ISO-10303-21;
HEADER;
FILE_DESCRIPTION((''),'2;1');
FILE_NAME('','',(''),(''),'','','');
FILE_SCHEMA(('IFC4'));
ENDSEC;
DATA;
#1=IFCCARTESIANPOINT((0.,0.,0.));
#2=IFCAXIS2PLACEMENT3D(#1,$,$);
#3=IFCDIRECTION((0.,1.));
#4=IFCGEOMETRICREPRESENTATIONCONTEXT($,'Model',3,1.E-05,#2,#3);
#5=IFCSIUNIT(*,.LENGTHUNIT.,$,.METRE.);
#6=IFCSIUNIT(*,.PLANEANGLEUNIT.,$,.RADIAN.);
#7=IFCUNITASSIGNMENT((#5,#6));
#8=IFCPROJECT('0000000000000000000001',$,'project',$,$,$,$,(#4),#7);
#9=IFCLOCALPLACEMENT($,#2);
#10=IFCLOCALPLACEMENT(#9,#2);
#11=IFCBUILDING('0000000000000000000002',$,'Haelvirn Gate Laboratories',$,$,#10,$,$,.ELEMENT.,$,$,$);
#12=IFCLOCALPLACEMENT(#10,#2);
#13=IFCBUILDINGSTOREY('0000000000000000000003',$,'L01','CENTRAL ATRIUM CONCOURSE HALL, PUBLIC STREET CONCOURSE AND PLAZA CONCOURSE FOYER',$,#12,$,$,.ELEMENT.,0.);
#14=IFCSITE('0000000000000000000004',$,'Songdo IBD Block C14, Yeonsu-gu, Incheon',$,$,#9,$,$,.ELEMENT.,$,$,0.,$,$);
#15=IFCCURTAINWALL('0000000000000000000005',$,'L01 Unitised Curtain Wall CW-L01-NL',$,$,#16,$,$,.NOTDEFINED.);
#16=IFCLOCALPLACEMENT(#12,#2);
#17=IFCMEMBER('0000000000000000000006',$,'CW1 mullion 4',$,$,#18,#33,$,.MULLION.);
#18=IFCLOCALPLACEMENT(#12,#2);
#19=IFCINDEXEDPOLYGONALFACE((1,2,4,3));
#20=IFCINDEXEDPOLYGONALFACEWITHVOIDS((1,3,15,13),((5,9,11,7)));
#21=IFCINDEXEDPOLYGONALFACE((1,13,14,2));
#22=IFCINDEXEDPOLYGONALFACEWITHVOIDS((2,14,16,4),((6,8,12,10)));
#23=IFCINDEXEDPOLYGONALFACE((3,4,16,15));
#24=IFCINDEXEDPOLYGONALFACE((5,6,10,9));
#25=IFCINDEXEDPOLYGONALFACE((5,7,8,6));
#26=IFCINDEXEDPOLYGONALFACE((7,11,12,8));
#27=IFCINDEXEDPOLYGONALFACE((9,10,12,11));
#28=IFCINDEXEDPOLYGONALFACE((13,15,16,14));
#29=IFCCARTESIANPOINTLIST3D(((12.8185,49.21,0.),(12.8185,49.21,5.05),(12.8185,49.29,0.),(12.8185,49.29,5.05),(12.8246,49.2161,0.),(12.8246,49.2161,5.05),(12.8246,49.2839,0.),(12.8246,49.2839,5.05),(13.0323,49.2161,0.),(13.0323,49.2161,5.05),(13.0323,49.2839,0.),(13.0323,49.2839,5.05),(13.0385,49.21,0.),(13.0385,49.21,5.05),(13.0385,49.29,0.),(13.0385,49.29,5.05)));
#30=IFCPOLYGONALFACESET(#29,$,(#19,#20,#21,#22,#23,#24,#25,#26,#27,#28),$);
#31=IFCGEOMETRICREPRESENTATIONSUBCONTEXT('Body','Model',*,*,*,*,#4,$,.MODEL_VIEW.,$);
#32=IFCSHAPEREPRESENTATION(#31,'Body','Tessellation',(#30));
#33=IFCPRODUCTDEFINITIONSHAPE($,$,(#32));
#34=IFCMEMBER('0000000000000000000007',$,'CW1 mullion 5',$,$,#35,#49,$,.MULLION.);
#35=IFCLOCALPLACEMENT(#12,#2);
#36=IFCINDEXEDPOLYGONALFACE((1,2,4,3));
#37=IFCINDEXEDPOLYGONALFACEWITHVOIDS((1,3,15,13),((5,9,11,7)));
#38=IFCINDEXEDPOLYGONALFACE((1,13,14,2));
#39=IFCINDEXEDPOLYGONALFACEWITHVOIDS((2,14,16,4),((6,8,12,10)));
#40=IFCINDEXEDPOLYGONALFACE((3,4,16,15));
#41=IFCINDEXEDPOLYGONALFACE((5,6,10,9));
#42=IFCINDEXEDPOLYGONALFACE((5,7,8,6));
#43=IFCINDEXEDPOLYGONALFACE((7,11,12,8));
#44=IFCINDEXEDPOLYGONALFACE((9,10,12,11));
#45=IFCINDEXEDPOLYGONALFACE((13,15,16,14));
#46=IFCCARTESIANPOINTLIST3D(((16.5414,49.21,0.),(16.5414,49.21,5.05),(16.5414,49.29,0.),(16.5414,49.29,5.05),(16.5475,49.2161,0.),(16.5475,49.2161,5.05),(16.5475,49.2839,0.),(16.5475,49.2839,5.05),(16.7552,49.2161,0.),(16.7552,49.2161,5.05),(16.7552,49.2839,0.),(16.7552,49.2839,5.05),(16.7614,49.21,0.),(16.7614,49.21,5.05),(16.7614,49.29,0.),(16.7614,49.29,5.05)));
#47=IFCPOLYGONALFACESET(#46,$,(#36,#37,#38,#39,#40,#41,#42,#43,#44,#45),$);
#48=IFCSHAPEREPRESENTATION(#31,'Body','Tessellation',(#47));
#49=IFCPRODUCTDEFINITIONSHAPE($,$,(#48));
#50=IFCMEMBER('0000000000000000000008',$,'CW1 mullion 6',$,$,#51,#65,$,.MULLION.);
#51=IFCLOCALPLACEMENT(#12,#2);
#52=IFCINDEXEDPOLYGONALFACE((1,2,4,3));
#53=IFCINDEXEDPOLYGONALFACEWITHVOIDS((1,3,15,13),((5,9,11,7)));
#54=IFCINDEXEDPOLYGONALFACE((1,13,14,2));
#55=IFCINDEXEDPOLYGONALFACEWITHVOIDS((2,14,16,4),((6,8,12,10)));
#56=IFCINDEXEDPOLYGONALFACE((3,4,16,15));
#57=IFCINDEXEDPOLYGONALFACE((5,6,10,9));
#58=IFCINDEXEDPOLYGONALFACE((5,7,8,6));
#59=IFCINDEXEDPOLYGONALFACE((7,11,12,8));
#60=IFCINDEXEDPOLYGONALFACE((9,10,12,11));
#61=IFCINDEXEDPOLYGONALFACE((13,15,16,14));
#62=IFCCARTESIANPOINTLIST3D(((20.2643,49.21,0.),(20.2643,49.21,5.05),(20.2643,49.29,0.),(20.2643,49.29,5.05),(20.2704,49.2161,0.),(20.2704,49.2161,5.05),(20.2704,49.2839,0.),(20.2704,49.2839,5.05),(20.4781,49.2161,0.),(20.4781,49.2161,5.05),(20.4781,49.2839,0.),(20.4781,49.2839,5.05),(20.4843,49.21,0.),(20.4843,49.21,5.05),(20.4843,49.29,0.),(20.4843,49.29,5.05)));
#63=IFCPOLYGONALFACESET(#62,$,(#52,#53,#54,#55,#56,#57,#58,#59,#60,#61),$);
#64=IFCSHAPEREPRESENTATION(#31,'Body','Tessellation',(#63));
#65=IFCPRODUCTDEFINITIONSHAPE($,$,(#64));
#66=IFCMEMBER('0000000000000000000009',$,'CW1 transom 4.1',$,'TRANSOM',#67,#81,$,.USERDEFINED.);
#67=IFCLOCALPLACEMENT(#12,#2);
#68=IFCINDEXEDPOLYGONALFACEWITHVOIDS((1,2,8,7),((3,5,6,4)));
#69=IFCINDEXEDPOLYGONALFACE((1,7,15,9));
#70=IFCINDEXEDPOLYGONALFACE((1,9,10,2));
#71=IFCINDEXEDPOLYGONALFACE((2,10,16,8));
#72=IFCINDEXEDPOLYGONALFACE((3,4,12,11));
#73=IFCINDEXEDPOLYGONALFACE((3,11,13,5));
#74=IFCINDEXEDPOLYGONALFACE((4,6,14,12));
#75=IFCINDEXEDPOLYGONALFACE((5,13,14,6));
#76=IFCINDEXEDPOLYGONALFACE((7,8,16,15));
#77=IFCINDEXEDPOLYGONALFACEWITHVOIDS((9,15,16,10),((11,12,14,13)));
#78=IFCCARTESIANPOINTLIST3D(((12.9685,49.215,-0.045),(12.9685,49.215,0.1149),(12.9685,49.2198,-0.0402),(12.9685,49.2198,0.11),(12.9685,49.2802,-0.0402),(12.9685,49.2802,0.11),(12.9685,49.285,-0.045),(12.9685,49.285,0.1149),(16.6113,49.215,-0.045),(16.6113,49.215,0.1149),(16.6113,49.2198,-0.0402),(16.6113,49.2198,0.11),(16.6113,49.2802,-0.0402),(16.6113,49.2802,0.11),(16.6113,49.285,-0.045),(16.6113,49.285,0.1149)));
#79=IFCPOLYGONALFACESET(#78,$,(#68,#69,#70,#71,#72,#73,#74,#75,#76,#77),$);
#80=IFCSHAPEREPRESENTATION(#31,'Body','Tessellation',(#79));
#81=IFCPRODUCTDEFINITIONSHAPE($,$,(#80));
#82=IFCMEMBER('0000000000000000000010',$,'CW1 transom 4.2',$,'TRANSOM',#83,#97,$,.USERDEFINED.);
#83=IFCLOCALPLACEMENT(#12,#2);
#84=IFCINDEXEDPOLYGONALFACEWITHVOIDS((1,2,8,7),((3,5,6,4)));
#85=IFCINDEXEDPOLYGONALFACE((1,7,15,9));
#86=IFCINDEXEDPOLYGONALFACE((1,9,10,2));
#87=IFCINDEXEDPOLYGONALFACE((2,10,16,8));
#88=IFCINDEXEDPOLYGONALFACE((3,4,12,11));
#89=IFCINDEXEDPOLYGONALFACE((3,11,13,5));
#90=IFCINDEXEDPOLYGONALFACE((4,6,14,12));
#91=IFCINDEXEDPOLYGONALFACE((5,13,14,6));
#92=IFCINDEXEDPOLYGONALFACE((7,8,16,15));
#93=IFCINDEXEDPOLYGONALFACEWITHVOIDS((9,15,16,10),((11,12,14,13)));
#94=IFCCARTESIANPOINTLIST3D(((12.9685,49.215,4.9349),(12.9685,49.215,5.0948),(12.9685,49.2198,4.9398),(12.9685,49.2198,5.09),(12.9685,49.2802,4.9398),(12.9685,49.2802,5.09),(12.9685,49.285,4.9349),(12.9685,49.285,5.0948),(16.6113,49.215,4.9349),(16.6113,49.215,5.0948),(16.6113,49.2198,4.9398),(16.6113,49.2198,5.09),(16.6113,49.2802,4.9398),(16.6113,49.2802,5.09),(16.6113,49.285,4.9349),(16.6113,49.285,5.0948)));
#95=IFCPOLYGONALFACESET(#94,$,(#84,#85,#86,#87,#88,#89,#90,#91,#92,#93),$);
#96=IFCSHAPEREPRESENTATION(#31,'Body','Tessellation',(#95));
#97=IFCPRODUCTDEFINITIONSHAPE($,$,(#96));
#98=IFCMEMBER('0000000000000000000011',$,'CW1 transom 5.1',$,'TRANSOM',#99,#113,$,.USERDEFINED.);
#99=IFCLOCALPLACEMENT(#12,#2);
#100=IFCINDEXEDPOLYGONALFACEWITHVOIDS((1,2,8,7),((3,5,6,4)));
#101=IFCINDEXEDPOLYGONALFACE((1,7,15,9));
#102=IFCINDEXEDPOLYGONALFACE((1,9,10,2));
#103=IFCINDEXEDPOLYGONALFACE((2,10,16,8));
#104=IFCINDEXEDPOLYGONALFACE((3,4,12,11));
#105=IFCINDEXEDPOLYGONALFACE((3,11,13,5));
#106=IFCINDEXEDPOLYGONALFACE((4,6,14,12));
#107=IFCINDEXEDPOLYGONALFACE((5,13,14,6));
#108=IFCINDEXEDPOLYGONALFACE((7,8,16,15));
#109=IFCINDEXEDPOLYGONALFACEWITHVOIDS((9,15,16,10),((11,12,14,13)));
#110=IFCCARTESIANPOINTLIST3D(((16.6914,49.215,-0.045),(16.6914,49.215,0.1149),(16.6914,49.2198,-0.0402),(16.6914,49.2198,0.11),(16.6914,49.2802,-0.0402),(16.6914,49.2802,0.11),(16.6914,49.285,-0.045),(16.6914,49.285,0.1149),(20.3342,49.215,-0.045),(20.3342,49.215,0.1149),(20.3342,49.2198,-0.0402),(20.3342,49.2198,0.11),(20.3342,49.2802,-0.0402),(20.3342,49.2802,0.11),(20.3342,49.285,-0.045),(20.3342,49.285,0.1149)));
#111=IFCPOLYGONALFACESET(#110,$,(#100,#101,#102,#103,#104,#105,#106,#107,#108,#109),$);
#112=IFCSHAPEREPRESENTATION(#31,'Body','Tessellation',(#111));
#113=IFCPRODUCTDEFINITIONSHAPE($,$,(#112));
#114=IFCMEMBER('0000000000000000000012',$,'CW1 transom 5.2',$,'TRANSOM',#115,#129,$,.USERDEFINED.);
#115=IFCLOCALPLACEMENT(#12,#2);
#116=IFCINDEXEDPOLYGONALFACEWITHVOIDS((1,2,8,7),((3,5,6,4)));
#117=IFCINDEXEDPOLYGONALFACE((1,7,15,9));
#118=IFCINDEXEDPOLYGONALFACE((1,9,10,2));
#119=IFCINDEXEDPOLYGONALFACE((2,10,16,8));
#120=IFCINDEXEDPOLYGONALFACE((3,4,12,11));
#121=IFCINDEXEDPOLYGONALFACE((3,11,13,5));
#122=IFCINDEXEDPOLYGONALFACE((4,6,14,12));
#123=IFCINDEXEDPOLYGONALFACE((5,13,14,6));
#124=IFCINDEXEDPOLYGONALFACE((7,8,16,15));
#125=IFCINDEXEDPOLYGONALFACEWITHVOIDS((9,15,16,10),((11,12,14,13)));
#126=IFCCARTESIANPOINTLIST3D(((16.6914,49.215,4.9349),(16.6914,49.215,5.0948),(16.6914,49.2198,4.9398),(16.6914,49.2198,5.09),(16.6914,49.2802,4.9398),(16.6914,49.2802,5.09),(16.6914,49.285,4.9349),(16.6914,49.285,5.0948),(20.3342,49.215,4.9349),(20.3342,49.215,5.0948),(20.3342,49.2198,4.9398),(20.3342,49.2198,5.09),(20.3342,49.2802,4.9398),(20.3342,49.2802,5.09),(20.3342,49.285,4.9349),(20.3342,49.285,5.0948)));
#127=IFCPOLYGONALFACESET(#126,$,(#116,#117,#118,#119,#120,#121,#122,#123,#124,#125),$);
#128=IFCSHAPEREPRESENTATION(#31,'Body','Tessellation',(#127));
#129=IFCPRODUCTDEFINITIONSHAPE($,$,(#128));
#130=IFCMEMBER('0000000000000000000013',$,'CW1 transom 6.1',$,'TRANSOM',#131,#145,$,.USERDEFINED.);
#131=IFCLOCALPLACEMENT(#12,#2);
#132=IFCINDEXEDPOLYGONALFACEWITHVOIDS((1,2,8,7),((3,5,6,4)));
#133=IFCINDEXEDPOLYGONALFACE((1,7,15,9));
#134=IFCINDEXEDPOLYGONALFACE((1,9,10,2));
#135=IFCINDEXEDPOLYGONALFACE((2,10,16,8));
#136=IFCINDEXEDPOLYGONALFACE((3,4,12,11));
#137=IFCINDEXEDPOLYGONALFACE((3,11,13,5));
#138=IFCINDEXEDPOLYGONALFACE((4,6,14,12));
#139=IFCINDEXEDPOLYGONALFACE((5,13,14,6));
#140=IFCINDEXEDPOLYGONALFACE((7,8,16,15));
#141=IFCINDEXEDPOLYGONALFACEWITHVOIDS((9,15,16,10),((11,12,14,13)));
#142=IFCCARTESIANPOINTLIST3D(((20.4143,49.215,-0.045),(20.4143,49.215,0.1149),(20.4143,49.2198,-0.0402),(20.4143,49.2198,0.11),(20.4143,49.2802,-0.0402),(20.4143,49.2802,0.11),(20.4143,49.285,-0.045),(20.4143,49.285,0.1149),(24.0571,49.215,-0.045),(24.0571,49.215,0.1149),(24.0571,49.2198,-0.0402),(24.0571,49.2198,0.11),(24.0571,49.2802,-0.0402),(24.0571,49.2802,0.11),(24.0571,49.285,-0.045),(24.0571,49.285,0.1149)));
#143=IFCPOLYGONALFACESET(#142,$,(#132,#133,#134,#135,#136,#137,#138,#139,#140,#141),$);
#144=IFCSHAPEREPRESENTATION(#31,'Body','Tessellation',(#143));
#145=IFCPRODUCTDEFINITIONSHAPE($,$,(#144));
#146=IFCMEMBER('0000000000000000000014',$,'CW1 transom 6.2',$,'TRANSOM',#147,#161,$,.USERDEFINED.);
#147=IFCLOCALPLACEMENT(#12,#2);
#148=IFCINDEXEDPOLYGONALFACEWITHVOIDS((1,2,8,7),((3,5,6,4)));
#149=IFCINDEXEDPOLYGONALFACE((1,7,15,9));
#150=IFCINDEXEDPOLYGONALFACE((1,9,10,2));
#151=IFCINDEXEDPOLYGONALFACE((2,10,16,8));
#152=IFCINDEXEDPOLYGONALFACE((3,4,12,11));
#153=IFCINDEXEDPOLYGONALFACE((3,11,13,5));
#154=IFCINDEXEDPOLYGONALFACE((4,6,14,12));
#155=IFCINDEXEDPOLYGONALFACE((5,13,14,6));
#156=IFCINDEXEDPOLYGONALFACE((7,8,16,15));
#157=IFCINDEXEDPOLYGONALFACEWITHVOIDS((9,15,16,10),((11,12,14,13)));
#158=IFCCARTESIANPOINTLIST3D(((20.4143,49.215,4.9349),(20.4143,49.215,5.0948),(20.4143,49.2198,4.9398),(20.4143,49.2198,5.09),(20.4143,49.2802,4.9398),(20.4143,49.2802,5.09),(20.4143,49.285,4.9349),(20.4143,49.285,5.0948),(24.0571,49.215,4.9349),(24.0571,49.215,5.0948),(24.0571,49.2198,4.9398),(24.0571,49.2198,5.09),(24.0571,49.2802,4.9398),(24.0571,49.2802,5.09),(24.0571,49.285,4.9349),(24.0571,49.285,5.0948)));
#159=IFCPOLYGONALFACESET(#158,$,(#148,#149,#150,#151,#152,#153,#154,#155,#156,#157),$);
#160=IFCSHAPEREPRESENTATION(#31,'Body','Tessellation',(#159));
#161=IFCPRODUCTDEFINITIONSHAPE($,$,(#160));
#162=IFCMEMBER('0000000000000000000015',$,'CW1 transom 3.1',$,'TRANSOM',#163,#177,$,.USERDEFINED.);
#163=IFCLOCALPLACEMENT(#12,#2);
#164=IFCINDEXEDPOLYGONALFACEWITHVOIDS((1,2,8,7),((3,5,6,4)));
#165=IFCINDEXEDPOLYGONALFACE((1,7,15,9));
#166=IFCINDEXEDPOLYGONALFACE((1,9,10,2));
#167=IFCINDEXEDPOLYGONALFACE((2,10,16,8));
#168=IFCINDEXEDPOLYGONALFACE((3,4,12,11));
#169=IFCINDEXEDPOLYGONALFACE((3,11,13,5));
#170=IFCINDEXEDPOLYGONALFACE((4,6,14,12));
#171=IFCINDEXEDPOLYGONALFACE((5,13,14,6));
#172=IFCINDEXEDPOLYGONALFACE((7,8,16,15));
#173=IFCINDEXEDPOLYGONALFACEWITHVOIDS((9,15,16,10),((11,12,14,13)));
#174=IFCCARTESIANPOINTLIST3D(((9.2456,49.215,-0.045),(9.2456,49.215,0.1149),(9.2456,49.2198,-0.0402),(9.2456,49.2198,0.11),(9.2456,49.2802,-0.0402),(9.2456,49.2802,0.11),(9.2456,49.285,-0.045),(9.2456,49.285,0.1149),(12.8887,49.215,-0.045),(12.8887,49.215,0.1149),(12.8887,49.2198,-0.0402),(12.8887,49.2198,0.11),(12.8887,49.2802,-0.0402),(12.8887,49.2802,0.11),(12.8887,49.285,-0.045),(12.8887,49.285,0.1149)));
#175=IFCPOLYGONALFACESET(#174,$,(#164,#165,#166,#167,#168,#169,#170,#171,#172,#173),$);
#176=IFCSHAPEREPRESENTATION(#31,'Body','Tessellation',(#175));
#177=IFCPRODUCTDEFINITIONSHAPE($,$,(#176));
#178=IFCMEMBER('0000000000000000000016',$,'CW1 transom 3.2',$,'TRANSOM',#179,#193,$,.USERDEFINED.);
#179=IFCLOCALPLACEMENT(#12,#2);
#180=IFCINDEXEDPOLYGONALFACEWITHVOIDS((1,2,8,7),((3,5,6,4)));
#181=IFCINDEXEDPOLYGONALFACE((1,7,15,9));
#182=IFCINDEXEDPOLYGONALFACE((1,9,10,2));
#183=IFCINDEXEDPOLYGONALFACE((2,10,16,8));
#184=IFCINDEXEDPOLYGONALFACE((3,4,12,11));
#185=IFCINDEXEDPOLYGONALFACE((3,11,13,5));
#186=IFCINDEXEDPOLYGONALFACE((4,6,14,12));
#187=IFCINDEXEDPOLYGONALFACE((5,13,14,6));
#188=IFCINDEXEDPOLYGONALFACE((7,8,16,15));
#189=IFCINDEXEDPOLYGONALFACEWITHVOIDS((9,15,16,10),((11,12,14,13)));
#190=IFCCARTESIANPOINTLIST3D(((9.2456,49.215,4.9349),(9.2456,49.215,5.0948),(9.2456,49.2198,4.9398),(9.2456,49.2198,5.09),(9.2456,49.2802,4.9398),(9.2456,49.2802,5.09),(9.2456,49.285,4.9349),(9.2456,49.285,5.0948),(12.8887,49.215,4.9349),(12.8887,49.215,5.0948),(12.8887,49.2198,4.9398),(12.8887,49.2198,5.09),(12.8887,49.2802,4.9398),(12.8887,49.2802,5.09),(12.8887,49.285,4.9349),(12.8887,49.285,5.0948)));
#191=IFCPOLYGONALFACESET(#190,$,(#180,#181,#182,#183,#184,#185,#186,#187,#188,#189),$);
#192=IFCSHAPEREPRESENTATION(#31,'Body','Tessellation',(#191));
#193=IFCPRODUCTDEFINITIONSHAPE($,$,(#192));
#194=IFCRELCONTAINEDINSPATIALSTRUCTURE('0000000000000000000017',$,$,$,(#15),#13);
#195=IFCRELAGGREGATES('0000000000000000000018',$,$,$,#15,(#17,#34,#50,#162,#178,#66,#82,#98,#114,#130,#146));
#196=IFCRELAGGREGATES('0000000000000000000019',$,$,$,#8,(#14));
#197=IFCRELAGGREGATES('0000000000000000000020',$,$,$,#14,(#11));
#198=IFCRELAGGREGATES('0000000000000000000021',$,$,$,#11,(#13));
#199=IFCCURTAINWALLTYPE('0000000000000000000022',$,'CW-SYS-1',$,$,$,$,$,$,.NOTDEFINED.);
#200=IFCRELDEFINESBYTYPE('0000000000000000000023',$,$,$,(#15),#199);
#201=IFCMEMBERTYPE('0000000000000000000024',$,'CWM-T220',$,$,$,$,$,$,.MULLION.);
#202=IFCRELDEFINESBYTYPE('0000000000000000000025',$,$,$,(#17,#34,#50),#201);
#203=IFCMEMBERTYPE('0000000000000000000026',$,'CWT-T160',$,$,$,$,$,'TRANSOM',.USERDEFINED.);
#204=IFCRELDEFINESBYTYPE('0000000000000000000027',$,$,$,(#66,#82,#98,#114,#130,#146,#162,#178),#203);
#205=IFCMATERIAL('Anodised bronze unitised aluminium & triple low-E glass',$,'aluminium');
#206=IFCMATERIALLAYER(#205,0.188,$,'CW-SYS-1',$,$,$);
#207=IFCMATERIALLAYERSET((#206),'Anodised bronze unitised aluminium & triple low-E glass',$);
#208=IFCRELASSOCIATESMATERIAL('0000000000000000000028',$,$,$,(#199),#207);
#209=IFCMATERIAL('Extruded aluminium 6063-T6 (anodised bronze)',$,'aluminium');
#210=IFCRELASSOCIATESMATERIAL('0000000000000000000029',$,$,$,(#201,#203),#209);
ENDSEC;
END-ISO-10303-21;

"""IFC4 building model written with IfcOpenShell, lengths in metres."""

from ifc_helpers import new_model, si_unit, direction, frame, origin, origin_2d, place, context, subcontext, project, spatial, hollow_rectangle, extrude, source, transform, mapped, material, layer, layer_set, material_profile, profile_set, type_object, type_shapes, element, aggregate, save


model = new_model("IFC4")

# Units and contexts
model_context = context("Model", 3, precision=1e-05, world=origin(), true_north=direction((0.0, 1.0)))
body_context = subcontext(model_context, "Body", "Model", "MODEL_VIEW")
ifc_project = project(units=[si_unit("LENGTHUNIT", "METRE"), si_unit("PLANEANGLEUNIT", "RADIAN")], contexts=[model_context])

# Site, building, storey
site_placement = place(None, origin())
site = spatial("IfcSite", under=ifc_project, at=site_placement, Name="Songdo IBD Block C14, Yeonsu-gu, Incheon", CompositionType="ELEMENT", RefElevation=0.0)
building_placement = place(site_placement, origin())
building = spatial("IfcBuilding", under=site, at=building_placement, Name="Haelvirn Gate Laboratories", CompositionType="ELEMENT")
storey_placement = place(building_placement, origin())
storey = spatial("IfcBuildingStorey", under=building, at=storey_placement, Name="L01", Description="CENTRAL ATRIUM CONCOURSE HALL, PUBLIC STREET CONCOURSE AND PLAZA CONCOURSE FOYER", CompositionType="ELEMENT", Elevation=0.0)

# Curtain wall, members
ifc_material_1 = material(Name="Anodised bronze unitised aluminium & triple low-E glass", Category="aluminium")
ifc_layer_1 = layer(ifc_material_1, 0.188, Name="CW-SYS-1")
ifc_layer_set_1 = layer_set([ifc_layer_1], Name="Anodised bronze unitised aluminium & triple low-E glass")
curtain_wall_type = type_object("IfcCurtainWallType", Name="CW-SYS-1", PredefinedType="NOTDEFINED", material=ifc_layer_set_1)
curtain_wall_placement = place(storey_placement, origin())
curtain_wall = element("IfcCurtainWall", 1, at=curtain_wall_placement, inside=storey, type_object=curtain_wall_type, Name="L01 Unitised Curtain Wall CW-L01-NL", PredefinedType="NOTDEFINED")
ifc_material_2 = material(Name="Extruded aluminium 6063-T6 (anodised bronze)", Category="aluminium")
ifc_material_profile_1 = material_profile(ifc_material_2, hollow_rectangle(XDim=0.0801, YDim=0.22, WallThickness=0.0061, at=origin_2d()), Name="CWM-220x80x6")
ifc_profile_set_1 = profile_set([ifc_material_profile_1], Name="Extruded aluminium 6063-T6 (anodised bronze)")
member_type_1 = type_object("IfcMemberType", Name="CWM-T220", PredefinedType="MULLION", material=ifc_profile_set_1)
shared_shape_1 = source(origin(), body_context, "Body", "SweptSolid", [
    extrude(hollow_rectangle(XDim=0.0801, YDim=0.22, WallThickness=0.0061, at=origin_2d()), origin(), (0.0, 0.0, 1.0), 5.05),
])
type_shapes(member_type_1, [shared_shape_1])
member_1_placement = place(storey_placement, frame((12.9285, 49.25, 0.0), z_axis=(0.0, 0.0, 1.0), x_axis=(0.0, 1.0, 0.0)))
member_1 = element("IfcMember", 2, at=member_1_placement, type_object=member_type_1, Name="CW1 mullion 4", PredefinedType="MULLION", context=body_context, shape_type="MappedRepresentation", body=[
    mapped(shared_shape_1, transform((0.0, 0.0, 0.0), scale=1.0)),
])
member_2_placement = place(storey_placement, frame((16.6514, 49.25, 0.0), z_axis=(0.0, 0.0, 1.0), x_axis=(0.0, 1.0, 0.0)))
member_2 = element("IfcMember", 3, at=member_2_placement, type_object=member_type_1, Name="CW1 mullion 5", PredefinedType="MULLION", context=body_context, shape_type="MappedRepresentation", body=[
    mapped(shared_shape_1, transform((0.0, 0.0, 0.0), scale=1.0)),
])
member_3_placement = place(storey_placement, frame((20.3743, 49.25, 0.0), z_axis=(0.0, 0.0, 1.0), x_axis=(0.0, 1.0, 0.0)))
member_3 = element("IfcMember", 4, at=member_3_placement, type_object=member_type_1, Name="CW1 mullion 6", PredefinedType="MULLION", context=body_context, shape_type="MappedRepresentation", body=[
    mapped(shared_shape_1, transform((0.0, 0.0, 0.0), scale=1.0)),
])
ifc_material_profile_2 = material_profile(ifc_material_2, hollow_rectangle(XDim=0.0701, YDim=0.1599, WallThickness=0.0049, at=origin_2d()), Name="CWT-160x70x5")
ifc_profile_set_2 = profile_set([ifc_material_profile_2], Name="Extruded aluminium 6063-T6 (anodised bronze)")
member_type_2 = type_object("IfcMemberType", Name="CWT-T160", ElementType="TRANSOM", PredefinedType="USERDEFINED", material=ifc_profile_set_2)
shared_shape_2 = source(origin(), body_context, "Body", "SweptSolid", [
    extrude(hollow_rectangle(XDim=0.0701, YDim=0.1599, WallThickness=0.0049, at=origin_2d()), origin(), (0.0, 0.0, 1.0), 3.6428),
])
member_4_placement = place(storey_placement, frame((12.9685, 49.25, 0.0349), z_axis=(1.0, 0.0, 0.0), x_axis=(0.0, 1.0, 0.0)))
member_4 = element("IfcMember", 5, at=member_4_placement, type_object=member_type_2, Name="CW1 transom 4.1", ObjectType="TRANSOM", PredefinedType="USERDEFINED", context=body_context, shape_type="MappedRepresentation", body=[
    mapped(shared_shape_2, transform((0.0, 0.0, 0.0), scale=1.0)),
])
member_5_placement = place(storey_placement, frame((12.9685, 49.25, 5.0149), z_axis=(1.0, 0.0, 0.0), x_axis=(0.0, 1.0, 0.0)))
member_5 = element("IfcMember", 6, at=member_5_placement, type_object=member_type_2, Name="CW1 transom 4.2", ObjectType="TRANSOM", PredefinedType="USERDEFINED", context=body_context, shape_type="MappedRepresentation", body=[
    mapped(shared_shape_2, transform((0.0, 0.0, 0.0), scale=1.0)),
])
member_6_placement = place(storey_placement, frame((16.6914, 49.25, 0.0349), z_axis=(1.0, 0.0, 0.0), x_axis=(0.0, 1.0, 0.0)))
member_6 = element("IfcMember", 7, at=member_6_placement, type_object=member_type_2, Name="CW1 transom 5.1", ObjectType="TRANSOM", PredefinedType="USERDEFINED", context=body_context, shape_type="MappedRepresentation", body=[
    mapped(shared_shape_2, transform((0.0, 0.0, 0.0), scale=1.0)),
])
member_7_placement = place(storey_placement, frame((16.6914, 49.25, 5.0149), z_axis=(1.0, 0.0, 0.0), x_axis=(0.0, 1.0, 0.0)))
member_7 = element("IfcMember", 8, at=member_7_placement, type_object=member_type_2, Name="CW1 transom 5.2", ObjectType="TRANSOM", PredefinedType="USERDEFINED", context=body_context, shape_type="MappedRepresentation", body=[
    mapped(shared_shape_2, transform((0.0, 0.0, 0.0), scale=1.0)),
])
member_8_placement = place(storey_placement, frame((20.4143, 49.25, 0.0349), z_axis=(1.0, 0.0, 0.0), x_axis=(0.0, 1.0, 0.0)))
member_8 = element("IfcMember", 9, at=member_8_placement, type_object=member_type_2, Name="CW1 transom 6.1", ObjectType="TRANSOM", PredefinedType="USERDEFINED", context=body_context, shape_type="MappedRepresentation", body=[
    mapped(shared_shape_2, transform((0.0, 0.0, 0.0), scale=1.0)),
])
member_9_placement = place(storey_placement, frame((20.4143, 49.25, 5.0149), z_axis=(1.0, 0.0, 0.0), x_axis=(0.0, 1.0, 0.0)))
member_9 = element("IfcMember", 10, at=member_9_placement, type_object=member_type_2, Name="CW1 transom 6.2", ObjectType="TRANSOM", PredefinedType="USERDEFINED", context=body_context, shape_type="MappedRepresentation", body=[
    mapped(shared_shape_2, transform((0.0, 0.0, 0.0), scale=1.0)),
])
shared_shape_3 = source(origin(), body_context, "Body", "SweptSolid", [
    extrude(hollow_rectangle(XDim=0.0701, YDim=0.1599, WallThickness=0.0049, at=origin_2d()), origin(), (0.0, 0.0, 1.0), 3.6431),
])
type_shapes(member_type_2, [shared_shape_2, shared_shape_3])
member_10_placement = place(storey_placement, frame((9.2456, 49.25, 0.0349), z_axis=(1.0, 0.0, 0.0), x_axis=(0.0, 1.0, 0.0)))
member_10 = element("IfcMember", 11, at=member_10_placement, type_object=member_type_2, Name="CW1 transom 3.1", ObjectType="TRANSOM", PredefinedType="USERDEFINED", context=body_context, shape_type="MappedRepresentation", body=[
    mapped(shared_shape_3, transform((0.0, 0.0, 0.0), scale=1.0)),
])
member_11_placement = place(storey_placement, frame((9.2456, 49.25, 5.0149), z_axis=(1.0, 0.0, 0.0), x_axis=(0.0, 1.0, 0.0)))
member_11 = element("IfcMember", 12, at=member_11_placement, type_object=member_type_2, Name="CW1 transom 3.2", ObjectType="TRANSOM", PredefinedType="USERDEFINED", context=body_context, shape_type="MappedRepresentation", body=[
    mapped(shared_shape_3, transform((0.0, 0.0, 0.0), scale=1.0)),
])
aggregate(curtain_wall, [member_1, member_2, member_3, member_10, member_11, member_4, member_5, member_6, member_7, member_8, member_9])

save(model, "model.ifc")
